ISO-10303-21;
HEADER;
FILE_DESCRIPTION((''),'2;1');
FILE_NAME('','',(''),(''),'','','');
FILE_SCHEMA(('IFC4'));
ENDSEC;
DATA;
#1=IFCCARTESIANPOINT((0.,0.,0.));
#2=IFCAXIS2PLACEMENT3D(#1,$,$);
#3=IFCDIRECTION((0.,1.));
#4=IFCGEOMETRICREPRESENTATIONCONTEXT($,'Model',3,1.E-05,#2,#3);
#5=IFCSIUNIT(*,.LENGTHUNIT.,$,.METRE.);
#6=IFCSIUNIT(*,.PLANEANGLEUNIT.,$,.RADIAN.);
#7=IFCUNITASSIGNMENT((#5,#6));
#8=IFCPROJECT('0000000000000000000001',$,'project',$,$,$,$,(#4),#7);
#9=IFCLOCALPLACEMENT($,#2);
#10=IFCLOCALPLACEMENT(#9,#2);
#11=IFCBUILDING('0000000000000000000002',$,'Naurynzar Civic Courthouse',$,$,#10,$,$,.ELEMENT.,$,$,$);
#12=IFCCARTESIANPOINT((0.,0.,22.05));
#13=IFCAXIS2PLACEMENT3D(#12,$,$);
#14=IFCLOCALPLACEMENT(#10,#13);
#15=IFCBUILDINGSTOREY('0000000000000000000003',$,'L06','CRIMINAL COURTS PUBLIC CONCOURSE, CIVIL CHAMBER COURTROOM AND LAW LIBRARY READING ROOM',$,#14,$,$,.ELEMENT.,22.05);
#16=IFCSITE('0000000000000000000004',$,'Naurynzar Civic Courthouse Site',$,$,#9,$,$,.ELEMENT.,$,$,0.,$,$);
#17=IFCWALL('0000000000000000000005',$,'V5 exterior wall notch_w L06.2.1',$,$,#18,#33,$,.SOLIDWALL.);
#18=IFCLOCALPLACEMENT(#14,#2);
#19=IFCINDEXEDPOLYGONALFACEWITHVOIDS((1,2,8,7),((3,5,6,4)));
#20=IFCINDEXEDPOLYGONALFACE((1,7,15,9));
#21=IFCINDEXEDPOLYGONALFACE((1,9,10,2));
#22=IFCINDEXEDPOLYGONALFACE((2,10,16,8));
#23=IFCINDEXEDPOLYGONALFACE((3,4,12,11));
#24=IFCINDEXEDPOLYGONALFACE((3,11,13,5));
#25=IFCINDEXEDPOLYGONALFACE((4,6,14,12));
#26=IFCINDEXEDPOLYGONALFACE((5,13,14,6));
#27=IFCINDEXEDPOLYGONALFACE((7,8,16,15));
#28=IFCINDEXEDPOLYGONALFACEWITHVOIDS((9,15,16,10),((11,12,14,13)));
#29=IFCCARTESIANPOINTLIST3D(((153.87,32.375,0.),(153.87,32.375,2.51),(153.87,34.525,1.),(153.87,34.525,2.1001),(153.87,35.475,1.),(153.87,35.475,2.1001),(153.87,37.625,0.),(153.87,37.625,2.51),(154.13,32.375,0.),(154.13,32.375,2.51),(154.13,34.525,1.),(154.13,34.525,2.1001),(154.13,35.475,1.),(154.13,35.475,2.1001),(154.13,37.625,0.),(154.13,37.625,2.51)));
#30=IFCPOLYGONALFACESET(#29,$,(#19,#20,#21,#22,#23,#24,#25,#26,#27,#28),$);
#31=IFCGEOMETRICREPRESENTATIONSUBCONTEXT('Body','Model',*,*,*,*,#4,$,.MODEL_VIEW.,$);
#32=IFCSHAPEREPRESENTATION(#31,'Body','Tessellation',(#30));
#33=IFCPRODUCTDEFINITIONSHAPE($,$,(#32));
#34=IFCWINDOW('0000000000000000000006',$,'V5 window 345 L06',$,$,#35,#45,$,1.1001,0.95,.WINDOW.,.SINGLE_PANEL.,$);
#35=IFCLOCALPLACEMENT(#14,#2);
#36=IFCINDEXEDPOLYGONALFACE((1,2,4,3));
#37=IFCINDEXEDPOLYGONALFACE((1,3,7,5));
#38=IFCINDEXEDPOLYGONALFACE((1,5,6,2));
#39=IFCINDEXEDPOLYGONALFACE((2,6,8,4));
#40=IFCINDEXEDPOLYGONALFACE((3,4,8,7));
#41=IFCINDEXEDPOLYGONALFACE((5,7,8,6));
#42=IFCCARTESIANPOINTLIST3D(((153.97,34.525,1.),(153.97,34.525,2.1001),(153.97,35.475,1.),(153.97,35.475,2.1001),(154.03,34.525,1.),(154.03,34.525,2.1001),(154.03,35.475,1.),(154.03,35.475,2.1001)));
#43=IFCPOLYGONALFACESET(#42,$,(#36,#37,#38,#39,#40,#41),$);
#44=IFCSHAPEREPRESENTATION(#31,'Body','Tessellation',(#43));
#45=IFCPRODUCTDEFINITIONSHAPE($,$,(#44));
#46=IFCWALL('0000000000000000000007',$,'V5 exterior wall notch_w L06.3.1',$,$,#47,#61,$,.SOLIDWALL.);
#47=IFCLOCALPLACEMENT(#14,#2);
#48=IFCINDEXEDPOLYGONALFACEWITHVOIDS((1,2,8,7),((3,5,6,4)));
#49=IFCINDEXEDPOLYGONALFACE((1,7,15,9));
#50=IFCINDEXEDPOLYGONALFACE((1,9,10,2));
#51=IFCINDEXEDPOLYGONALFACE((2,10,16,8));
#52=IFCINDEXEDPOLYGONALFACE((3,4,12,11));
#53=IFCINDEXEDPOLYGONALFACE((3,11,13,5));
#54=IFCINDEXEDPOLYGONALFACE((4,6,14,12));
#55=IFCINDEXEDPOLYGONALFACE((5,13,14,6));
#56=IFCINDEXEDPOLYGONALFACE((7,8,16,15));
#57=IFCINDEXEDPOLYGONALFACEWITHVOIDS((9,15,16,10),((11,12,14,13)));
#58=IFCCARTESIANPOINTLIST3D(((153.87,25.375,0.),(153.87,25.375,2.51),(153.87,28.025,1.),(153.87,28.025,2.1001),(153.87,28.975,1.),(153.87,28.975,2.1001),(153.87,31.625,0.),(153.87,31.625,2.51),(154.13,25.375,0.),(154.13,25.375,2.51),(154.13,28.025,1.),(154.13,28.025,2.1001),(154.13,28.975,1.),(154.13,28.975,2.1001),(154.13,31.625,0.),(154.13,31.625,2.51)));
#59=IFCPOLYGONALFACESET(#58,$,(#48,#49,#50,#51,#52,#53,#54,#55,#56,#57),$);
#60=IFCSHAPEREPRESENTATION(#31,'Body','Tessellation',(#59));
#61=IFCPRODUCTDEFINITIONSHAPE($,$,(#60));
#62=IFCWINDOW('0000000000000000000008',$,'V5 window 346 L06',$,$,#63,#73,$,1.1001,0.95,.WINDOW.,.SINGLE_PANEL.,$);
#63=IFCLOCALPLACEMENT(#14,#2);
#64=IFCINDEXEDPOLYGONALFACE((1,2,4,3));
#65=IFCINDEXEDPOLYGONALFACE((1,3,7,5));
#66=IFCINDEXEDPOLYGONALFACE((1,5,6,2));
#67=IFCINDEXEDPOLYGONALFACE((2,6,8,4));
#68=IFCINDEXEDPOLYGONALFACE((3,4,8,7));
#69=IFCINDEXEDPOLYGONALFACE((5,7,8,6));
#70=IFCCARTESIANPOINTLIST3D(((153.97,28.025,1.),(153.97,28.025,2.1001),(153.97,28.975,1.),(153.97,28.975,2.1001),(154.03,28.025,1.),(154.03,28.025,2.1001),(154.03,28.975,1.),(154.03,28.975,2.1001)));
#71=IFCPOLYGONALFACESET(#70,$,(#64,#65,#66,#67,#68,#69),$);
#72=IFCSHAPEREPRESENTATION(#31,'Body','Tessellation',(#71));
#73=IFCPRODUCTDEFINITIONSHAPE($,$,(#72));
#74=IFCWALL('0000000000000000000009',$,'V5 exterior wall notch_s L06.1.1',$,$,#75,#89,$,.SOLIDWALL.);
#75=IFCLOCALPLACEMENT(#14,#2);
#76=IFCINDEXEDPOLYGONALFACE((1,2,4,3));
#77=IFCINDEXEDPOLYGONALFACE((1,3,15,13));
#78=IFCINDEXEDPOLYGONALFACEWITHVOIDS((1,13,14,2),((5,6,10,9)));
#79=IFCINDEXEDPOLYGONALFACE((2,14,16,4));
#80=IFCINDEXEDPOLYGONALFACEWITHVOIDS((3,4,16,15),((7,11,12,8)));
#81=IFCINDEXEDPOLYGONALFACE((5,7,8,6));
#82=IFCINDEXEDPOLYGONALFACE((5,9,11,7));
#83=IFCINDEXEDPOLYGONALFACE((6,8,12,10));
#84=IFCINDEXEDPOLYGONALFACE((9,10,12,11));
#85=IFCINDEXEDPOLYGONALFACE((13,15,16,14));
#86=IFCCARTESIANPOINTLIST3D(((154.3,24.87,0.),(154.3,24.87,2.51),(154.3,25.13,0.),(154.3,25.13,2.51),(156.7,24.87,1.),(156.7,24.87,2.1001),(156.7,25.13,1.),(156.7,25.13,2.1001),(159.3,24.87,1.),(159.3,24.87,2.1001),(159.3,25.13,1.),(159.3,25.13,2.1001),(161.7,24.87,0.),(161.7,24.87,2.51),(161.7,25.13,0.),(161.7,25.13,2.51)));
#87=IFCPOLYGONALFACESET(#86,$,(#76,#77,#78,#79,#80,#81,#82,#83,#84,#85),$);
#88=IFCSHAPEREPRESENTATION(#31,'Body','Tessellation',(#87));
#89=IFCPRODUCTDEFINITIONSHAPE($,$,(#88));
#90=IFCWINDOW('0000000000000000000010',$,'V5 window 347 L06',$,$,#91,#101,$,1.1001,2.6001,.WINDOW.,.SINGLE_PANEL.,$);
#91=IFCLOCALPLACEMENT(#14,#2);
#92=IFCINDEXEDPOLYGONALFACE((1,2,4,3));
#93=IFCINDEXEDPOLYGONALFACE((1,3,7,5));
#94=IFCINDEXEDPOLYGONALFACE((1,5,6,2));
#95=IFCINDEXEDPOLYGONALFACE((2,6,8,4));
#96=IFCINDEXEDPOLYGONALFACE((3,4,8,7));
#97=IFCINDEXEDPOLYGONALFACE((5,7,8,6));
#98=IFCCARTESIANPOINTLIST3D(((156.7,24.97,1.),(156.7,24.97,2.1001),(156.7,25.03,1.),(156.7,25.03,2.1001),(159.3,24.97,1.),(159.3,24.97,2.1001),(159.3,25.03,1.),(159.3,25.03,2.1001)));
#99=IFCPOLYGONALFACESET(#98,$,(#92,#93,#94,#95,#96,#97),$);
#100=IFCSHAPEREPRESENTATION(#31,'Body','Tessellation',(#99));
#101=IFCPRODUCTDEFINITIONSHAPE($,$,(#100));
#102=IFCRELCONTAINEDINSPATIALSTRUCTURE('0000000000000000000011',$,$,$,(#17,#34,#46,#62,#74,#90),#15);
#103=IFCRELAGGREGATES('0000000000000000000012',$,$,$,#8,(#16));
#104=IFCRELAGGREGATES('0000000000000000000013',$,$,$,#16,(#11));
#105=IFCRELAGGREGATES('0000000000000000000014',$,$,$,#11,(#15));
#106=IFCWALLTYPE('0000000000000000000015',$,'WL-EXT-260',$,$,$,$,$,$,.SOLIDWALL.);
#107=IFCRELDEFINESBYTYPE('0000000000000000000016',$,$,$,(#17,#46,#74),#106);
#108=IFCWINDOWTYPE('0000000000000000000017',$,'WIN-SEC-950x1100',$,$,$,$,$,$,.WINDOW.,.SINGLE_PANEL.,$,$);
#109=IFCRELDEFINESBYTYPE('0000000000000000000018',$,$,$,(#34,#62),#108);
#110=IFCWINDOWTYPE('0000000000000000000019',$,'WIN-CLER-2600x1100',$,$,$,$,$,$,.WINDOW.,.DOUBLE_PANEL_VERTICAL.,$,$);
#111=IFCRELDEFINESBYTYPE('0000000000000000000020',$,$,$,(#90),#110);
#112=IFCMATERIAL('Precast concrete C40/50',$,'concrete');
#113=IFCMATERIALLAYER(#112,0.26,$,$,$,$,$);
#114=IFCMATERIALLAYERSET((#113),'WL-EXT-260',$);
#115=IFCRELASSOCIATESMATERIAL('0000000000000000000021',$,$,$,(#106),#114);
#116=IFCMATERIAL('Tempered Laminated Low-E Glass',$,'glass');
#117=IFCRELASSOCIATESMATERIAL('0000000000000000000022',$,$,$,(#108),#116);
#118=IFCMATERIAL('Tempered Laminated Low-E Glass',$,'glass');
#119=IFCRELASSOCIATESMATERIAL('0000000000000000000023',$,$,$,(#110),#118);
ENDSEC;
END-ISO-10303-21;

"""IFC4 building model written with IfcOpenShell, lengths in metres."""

from ifc_helpers import new_model, si_unit, direction, frame, frame_2d, origin, place, context, subcontext, project, spatial, rectangle, extrude, material, layer, layer_set, type_object, element, fill, save


model = new_model("IFC4")

# Units and contexts
model_context = context("Model", 3, precision=1e-05, world=origin(), true_north=direction((0.0, 1.0)))
body_context = subcontext(model_context, "Body", "Model", "MODEL_VIEW")
ifc_project = project(units=[si_unit("LENGTHUNIT", "METRE"), si_unit("PLANEANGLEUNIT", "RADIAN")], contexts=[model_context])

# Site, building, storey
site_placement = place(None, origin())
site = spatial("IfcSite", under=ifc_project, at=site_placement, Name="Naurynzar Civic Courthouse Site", CompositionType="ELEMENT", RefElevation=0.0)
building_placement = place(site_placement, origin())
building = spatial("IfcBuilding", under=site, at=building_placement, Name="Naurynzar Civic Courthouse", CompositionType="ELEMENT")
storey_placement = place(building_placement, frame((0.0, 0.0, 22.05)))
storey = spatial("IfcBuildingStorey", under=building, at=storey_placement, Name="L06", Description="CRIMINAL COURTS PUBLIC CONCOURSE, CIVIL CHAMBER COURTROOM AND LAW LIBRARY READING ROOM", CompositionType="ELEMENT", Elevation=22.05)

# Walls, openings, windows
ifc_material_1 = material(Name="Precast concrete C40/50", Category="concrete")
ifc_layer_1 = layer(ifc_material_1, 0.26)
ifc_layer_set_1 = layer_set([ifc_layer_1], Name="WL-EXT-260")
wall_type_1 = type_object("IfcWallType", Name="WL-EXT-260", PredefinedType="SOLIDWALL", material=ifc_layer_set_1)
wall_1_placement = place(storey_placement, frame((154.0, 37.625, 0.0), z_axis=(0.0, 0.0, 1.0), x_axis=(0.0, -1.0, 0.0)))
wall_1 = element("IfcWall", 1, at=wall_1_placement, inside=storey, type_object=wall_type_1, Name="V5 exterior wall notch_w L06.2.1", PredefinedType="SOLIDWALL", context=body_context, shape_type="SweptSolid", body=[
    extrude(rectangle(XDim=5.25, YDim=0.26, at=frame_2d((2.625, 0.0))), origin(), (0.0, 0.0, 1.0), 2.51),
])
opening_1_placement = place(wall_1_placement, frame((2.1499, 0.0, 1.0)))
opening_1 = element("IfcOpeningElement", 2, at=opening_1_placement, cuts=wall_1, PredefinedType="OPENING", context=body_context, shape_type="SweptSolid", body=[
    extrude(rectangle(XDim=0.95, YDim=1.1001, at=frame_2d((0.4751, 0.55))), frame((0.0, 0.1399, 0.0), z_axis=(0.0, -1.0, 0.0), x_axis=(1.0, 0.0, 0.0)), (0.0, 0.0, 1.0), 0.28),
])
ifc_material_2 = material(Name="Tempered Laminated Low-E Glass", Category="glass")
window_type_1 = type_object("IfcWindowType", Name="WIN-SEC-950x1100", PartitioningType="SINGLE_PANEL", PredefinedType="WINDOW", material=ifc_material_2)
window_1_placement = place(opening_1_placement, origin())
window_1 = element("IfcWindow", 3, at=window_1_placement, inside=storey, type_object=window_type_1, Name="V5 window 345 L06", OverallHeight=1.1001, OverallWidth=0.95, PartitioningType="SINGLE_PANEL", PredefinedType="WINDOW", context=body_context, shape_type="SweptSolid", body=[
    extrude(rectangle(XDim=0.95, YDim=1.1001, at=frame_2d((0.4751, 0.55))), frame((0.0, 0.03, 0.0), z_axis=(0.0, -1.0, 0.0), x_axis=(1.0, 0.0, 0.0)), (0.0, 0.0, 1.0), 0.0601),
])
fill(opening_1, window_1)
wall_2_placement = place(storey_placement, frame((154.0, 31.625, 0.0), z_axis=(0.0, 0.0, 1.0), x_axis=(0.0, -1.0, 0.0)))
wall_2 = element("IfcWall", 4, at=wall_2_placement, inside=storey, type_object=wall_type_1, Name="V5 exterior wall notch_w L06.3.1", PredefinedType="SOLIDWALL", context=body_context, shape_type="SweptSolid", body=[
    extrude(rectangle(XDim=6.25, YDim=0.26, at=frame_2d((3.125, 0.0))), origin(), (0.0, 0.0, 1.0), 2.51),
])
opening_2_placement = place(wall_2_placement, frame((2.6499, 0.0, 1.0)))
opening_2 = element("IfcOpeningElement", 5, at=opening_2_placement, cuts=wall_2, PredefinedType="OPENING", context=body_context, shape_type="SweptSolid", body=[
    extrude(rectangle(XDim=0.95, YDim=1.1001, at=frame_2d((0.4751, 0.55))), frame((0.0, 0.1399, 0.0), z_axis=(0.0, -1.0, 0.0), x_axis=(1.0, 0.0, 0.0)), (0.0, 0.0, 1.0), 0.28),
])
window_2_placement = place(opening_2_placement, origin())
window_2 = element("IfcWindow", 6, at=window_2_placement, inside=storey, type_object=window_type_1, Name="V5 window 346 L06", OverallHeight=1.1001, OverallWidth=0.95, PartitioningType="SINGLE_PANEL", PredefinedType="WINDOW", context=body_context, shape_type="SweptSolid", body=[
    extrude(rectangle(XDim=0.95, YDim=1.1001, at=frame_2d((0.4751, 0.55))), frame((0.0, 0.03, 0.0), z_axis=(0.0, -1.0, 0.0), x_axis=(1.0, 0.0, 0.0)), (0.0, 0.0, 1.0), 0.0601),
])
fill(opening_2, window_2)
wall_3_placement = place(storey_placement, frame((154.3, 25.0, 0.0), z_axis=(0.0, 0.0, 1.0), x_axis=(1.0, 0.0, 0.0)))
wall_3 = element("IfcWall", 7, at=wall_3_placement, inside=storey, type_object=wall_type_1, Name="V5 exterior wall notch_s L06.1.1", PredefinedType="SOLIDWALL", context=body_context, shape_type="SweptSolid", body=[
    extrude(rectangle(XDim=7.3999, YDim=0.26, at=frame_2d((3.7, 0.0))), origin(), (0.0, 0.0, 1.0), 2.51),
])
opening_3_placement = place(wall_3_placement, frame((2.3999, 0.0, 1.0)))
opening_3 = element("IfcOpeningElement", 8, at=opening_3_placement, cuts=wall_3, PredefinedType="OPENING", context=body_context, shape_type="SweptSolid", body=[
    extrude(rectangle(XDim=2.6001, YDim=1.1001, at=frame_2d((1.3, 0.55))), frame((0.0, 0.1399, 0.0), z_axis=(0.0, -1.0, 0.0), x_axis=(1.0, 0.0, 0.0)), (0.0, 0.0, 1.0), 0.28),
])
ifc_material_3 = material(Name="Tempered Laminated Low-E Glass", Category="glass")
window_type_2 = type_object("IfcWindowType", Name="WIN-CLER-2600x1100", PartitioningType="DOUBLE_PANEL_VERTICAL", PredefinedType="WINDOW", material=ifc_material_3)
window_3_placement = place(opening_3_placement, origin())
window_3 = element("IfcWindow", 9, at=window_3_placement, inside=storey, type_object=window_type_2, Name="V5 window 347 L06", OverallHeight=1.1001, OverallWidth=2.6001, PartitioningType="SINGLE_PANEL", PredefinedType="WINDOW", context=body_context, shape_type="SweptSolid", body=[
    extrude(rectangle(XDim=2.6001, YDim=1.1001, at=frame_2d((1.3, 0.55))), frame((0.0, 0.03, 0.0), z_axis=(0.0, -1.0, 0.0), x_axis=(1.0, 0.0, 0.0)), (0.0, 0.0, 1.0), 0.0601),
])
fill(opening_3, window_3)

save(model, "model.ifc")
